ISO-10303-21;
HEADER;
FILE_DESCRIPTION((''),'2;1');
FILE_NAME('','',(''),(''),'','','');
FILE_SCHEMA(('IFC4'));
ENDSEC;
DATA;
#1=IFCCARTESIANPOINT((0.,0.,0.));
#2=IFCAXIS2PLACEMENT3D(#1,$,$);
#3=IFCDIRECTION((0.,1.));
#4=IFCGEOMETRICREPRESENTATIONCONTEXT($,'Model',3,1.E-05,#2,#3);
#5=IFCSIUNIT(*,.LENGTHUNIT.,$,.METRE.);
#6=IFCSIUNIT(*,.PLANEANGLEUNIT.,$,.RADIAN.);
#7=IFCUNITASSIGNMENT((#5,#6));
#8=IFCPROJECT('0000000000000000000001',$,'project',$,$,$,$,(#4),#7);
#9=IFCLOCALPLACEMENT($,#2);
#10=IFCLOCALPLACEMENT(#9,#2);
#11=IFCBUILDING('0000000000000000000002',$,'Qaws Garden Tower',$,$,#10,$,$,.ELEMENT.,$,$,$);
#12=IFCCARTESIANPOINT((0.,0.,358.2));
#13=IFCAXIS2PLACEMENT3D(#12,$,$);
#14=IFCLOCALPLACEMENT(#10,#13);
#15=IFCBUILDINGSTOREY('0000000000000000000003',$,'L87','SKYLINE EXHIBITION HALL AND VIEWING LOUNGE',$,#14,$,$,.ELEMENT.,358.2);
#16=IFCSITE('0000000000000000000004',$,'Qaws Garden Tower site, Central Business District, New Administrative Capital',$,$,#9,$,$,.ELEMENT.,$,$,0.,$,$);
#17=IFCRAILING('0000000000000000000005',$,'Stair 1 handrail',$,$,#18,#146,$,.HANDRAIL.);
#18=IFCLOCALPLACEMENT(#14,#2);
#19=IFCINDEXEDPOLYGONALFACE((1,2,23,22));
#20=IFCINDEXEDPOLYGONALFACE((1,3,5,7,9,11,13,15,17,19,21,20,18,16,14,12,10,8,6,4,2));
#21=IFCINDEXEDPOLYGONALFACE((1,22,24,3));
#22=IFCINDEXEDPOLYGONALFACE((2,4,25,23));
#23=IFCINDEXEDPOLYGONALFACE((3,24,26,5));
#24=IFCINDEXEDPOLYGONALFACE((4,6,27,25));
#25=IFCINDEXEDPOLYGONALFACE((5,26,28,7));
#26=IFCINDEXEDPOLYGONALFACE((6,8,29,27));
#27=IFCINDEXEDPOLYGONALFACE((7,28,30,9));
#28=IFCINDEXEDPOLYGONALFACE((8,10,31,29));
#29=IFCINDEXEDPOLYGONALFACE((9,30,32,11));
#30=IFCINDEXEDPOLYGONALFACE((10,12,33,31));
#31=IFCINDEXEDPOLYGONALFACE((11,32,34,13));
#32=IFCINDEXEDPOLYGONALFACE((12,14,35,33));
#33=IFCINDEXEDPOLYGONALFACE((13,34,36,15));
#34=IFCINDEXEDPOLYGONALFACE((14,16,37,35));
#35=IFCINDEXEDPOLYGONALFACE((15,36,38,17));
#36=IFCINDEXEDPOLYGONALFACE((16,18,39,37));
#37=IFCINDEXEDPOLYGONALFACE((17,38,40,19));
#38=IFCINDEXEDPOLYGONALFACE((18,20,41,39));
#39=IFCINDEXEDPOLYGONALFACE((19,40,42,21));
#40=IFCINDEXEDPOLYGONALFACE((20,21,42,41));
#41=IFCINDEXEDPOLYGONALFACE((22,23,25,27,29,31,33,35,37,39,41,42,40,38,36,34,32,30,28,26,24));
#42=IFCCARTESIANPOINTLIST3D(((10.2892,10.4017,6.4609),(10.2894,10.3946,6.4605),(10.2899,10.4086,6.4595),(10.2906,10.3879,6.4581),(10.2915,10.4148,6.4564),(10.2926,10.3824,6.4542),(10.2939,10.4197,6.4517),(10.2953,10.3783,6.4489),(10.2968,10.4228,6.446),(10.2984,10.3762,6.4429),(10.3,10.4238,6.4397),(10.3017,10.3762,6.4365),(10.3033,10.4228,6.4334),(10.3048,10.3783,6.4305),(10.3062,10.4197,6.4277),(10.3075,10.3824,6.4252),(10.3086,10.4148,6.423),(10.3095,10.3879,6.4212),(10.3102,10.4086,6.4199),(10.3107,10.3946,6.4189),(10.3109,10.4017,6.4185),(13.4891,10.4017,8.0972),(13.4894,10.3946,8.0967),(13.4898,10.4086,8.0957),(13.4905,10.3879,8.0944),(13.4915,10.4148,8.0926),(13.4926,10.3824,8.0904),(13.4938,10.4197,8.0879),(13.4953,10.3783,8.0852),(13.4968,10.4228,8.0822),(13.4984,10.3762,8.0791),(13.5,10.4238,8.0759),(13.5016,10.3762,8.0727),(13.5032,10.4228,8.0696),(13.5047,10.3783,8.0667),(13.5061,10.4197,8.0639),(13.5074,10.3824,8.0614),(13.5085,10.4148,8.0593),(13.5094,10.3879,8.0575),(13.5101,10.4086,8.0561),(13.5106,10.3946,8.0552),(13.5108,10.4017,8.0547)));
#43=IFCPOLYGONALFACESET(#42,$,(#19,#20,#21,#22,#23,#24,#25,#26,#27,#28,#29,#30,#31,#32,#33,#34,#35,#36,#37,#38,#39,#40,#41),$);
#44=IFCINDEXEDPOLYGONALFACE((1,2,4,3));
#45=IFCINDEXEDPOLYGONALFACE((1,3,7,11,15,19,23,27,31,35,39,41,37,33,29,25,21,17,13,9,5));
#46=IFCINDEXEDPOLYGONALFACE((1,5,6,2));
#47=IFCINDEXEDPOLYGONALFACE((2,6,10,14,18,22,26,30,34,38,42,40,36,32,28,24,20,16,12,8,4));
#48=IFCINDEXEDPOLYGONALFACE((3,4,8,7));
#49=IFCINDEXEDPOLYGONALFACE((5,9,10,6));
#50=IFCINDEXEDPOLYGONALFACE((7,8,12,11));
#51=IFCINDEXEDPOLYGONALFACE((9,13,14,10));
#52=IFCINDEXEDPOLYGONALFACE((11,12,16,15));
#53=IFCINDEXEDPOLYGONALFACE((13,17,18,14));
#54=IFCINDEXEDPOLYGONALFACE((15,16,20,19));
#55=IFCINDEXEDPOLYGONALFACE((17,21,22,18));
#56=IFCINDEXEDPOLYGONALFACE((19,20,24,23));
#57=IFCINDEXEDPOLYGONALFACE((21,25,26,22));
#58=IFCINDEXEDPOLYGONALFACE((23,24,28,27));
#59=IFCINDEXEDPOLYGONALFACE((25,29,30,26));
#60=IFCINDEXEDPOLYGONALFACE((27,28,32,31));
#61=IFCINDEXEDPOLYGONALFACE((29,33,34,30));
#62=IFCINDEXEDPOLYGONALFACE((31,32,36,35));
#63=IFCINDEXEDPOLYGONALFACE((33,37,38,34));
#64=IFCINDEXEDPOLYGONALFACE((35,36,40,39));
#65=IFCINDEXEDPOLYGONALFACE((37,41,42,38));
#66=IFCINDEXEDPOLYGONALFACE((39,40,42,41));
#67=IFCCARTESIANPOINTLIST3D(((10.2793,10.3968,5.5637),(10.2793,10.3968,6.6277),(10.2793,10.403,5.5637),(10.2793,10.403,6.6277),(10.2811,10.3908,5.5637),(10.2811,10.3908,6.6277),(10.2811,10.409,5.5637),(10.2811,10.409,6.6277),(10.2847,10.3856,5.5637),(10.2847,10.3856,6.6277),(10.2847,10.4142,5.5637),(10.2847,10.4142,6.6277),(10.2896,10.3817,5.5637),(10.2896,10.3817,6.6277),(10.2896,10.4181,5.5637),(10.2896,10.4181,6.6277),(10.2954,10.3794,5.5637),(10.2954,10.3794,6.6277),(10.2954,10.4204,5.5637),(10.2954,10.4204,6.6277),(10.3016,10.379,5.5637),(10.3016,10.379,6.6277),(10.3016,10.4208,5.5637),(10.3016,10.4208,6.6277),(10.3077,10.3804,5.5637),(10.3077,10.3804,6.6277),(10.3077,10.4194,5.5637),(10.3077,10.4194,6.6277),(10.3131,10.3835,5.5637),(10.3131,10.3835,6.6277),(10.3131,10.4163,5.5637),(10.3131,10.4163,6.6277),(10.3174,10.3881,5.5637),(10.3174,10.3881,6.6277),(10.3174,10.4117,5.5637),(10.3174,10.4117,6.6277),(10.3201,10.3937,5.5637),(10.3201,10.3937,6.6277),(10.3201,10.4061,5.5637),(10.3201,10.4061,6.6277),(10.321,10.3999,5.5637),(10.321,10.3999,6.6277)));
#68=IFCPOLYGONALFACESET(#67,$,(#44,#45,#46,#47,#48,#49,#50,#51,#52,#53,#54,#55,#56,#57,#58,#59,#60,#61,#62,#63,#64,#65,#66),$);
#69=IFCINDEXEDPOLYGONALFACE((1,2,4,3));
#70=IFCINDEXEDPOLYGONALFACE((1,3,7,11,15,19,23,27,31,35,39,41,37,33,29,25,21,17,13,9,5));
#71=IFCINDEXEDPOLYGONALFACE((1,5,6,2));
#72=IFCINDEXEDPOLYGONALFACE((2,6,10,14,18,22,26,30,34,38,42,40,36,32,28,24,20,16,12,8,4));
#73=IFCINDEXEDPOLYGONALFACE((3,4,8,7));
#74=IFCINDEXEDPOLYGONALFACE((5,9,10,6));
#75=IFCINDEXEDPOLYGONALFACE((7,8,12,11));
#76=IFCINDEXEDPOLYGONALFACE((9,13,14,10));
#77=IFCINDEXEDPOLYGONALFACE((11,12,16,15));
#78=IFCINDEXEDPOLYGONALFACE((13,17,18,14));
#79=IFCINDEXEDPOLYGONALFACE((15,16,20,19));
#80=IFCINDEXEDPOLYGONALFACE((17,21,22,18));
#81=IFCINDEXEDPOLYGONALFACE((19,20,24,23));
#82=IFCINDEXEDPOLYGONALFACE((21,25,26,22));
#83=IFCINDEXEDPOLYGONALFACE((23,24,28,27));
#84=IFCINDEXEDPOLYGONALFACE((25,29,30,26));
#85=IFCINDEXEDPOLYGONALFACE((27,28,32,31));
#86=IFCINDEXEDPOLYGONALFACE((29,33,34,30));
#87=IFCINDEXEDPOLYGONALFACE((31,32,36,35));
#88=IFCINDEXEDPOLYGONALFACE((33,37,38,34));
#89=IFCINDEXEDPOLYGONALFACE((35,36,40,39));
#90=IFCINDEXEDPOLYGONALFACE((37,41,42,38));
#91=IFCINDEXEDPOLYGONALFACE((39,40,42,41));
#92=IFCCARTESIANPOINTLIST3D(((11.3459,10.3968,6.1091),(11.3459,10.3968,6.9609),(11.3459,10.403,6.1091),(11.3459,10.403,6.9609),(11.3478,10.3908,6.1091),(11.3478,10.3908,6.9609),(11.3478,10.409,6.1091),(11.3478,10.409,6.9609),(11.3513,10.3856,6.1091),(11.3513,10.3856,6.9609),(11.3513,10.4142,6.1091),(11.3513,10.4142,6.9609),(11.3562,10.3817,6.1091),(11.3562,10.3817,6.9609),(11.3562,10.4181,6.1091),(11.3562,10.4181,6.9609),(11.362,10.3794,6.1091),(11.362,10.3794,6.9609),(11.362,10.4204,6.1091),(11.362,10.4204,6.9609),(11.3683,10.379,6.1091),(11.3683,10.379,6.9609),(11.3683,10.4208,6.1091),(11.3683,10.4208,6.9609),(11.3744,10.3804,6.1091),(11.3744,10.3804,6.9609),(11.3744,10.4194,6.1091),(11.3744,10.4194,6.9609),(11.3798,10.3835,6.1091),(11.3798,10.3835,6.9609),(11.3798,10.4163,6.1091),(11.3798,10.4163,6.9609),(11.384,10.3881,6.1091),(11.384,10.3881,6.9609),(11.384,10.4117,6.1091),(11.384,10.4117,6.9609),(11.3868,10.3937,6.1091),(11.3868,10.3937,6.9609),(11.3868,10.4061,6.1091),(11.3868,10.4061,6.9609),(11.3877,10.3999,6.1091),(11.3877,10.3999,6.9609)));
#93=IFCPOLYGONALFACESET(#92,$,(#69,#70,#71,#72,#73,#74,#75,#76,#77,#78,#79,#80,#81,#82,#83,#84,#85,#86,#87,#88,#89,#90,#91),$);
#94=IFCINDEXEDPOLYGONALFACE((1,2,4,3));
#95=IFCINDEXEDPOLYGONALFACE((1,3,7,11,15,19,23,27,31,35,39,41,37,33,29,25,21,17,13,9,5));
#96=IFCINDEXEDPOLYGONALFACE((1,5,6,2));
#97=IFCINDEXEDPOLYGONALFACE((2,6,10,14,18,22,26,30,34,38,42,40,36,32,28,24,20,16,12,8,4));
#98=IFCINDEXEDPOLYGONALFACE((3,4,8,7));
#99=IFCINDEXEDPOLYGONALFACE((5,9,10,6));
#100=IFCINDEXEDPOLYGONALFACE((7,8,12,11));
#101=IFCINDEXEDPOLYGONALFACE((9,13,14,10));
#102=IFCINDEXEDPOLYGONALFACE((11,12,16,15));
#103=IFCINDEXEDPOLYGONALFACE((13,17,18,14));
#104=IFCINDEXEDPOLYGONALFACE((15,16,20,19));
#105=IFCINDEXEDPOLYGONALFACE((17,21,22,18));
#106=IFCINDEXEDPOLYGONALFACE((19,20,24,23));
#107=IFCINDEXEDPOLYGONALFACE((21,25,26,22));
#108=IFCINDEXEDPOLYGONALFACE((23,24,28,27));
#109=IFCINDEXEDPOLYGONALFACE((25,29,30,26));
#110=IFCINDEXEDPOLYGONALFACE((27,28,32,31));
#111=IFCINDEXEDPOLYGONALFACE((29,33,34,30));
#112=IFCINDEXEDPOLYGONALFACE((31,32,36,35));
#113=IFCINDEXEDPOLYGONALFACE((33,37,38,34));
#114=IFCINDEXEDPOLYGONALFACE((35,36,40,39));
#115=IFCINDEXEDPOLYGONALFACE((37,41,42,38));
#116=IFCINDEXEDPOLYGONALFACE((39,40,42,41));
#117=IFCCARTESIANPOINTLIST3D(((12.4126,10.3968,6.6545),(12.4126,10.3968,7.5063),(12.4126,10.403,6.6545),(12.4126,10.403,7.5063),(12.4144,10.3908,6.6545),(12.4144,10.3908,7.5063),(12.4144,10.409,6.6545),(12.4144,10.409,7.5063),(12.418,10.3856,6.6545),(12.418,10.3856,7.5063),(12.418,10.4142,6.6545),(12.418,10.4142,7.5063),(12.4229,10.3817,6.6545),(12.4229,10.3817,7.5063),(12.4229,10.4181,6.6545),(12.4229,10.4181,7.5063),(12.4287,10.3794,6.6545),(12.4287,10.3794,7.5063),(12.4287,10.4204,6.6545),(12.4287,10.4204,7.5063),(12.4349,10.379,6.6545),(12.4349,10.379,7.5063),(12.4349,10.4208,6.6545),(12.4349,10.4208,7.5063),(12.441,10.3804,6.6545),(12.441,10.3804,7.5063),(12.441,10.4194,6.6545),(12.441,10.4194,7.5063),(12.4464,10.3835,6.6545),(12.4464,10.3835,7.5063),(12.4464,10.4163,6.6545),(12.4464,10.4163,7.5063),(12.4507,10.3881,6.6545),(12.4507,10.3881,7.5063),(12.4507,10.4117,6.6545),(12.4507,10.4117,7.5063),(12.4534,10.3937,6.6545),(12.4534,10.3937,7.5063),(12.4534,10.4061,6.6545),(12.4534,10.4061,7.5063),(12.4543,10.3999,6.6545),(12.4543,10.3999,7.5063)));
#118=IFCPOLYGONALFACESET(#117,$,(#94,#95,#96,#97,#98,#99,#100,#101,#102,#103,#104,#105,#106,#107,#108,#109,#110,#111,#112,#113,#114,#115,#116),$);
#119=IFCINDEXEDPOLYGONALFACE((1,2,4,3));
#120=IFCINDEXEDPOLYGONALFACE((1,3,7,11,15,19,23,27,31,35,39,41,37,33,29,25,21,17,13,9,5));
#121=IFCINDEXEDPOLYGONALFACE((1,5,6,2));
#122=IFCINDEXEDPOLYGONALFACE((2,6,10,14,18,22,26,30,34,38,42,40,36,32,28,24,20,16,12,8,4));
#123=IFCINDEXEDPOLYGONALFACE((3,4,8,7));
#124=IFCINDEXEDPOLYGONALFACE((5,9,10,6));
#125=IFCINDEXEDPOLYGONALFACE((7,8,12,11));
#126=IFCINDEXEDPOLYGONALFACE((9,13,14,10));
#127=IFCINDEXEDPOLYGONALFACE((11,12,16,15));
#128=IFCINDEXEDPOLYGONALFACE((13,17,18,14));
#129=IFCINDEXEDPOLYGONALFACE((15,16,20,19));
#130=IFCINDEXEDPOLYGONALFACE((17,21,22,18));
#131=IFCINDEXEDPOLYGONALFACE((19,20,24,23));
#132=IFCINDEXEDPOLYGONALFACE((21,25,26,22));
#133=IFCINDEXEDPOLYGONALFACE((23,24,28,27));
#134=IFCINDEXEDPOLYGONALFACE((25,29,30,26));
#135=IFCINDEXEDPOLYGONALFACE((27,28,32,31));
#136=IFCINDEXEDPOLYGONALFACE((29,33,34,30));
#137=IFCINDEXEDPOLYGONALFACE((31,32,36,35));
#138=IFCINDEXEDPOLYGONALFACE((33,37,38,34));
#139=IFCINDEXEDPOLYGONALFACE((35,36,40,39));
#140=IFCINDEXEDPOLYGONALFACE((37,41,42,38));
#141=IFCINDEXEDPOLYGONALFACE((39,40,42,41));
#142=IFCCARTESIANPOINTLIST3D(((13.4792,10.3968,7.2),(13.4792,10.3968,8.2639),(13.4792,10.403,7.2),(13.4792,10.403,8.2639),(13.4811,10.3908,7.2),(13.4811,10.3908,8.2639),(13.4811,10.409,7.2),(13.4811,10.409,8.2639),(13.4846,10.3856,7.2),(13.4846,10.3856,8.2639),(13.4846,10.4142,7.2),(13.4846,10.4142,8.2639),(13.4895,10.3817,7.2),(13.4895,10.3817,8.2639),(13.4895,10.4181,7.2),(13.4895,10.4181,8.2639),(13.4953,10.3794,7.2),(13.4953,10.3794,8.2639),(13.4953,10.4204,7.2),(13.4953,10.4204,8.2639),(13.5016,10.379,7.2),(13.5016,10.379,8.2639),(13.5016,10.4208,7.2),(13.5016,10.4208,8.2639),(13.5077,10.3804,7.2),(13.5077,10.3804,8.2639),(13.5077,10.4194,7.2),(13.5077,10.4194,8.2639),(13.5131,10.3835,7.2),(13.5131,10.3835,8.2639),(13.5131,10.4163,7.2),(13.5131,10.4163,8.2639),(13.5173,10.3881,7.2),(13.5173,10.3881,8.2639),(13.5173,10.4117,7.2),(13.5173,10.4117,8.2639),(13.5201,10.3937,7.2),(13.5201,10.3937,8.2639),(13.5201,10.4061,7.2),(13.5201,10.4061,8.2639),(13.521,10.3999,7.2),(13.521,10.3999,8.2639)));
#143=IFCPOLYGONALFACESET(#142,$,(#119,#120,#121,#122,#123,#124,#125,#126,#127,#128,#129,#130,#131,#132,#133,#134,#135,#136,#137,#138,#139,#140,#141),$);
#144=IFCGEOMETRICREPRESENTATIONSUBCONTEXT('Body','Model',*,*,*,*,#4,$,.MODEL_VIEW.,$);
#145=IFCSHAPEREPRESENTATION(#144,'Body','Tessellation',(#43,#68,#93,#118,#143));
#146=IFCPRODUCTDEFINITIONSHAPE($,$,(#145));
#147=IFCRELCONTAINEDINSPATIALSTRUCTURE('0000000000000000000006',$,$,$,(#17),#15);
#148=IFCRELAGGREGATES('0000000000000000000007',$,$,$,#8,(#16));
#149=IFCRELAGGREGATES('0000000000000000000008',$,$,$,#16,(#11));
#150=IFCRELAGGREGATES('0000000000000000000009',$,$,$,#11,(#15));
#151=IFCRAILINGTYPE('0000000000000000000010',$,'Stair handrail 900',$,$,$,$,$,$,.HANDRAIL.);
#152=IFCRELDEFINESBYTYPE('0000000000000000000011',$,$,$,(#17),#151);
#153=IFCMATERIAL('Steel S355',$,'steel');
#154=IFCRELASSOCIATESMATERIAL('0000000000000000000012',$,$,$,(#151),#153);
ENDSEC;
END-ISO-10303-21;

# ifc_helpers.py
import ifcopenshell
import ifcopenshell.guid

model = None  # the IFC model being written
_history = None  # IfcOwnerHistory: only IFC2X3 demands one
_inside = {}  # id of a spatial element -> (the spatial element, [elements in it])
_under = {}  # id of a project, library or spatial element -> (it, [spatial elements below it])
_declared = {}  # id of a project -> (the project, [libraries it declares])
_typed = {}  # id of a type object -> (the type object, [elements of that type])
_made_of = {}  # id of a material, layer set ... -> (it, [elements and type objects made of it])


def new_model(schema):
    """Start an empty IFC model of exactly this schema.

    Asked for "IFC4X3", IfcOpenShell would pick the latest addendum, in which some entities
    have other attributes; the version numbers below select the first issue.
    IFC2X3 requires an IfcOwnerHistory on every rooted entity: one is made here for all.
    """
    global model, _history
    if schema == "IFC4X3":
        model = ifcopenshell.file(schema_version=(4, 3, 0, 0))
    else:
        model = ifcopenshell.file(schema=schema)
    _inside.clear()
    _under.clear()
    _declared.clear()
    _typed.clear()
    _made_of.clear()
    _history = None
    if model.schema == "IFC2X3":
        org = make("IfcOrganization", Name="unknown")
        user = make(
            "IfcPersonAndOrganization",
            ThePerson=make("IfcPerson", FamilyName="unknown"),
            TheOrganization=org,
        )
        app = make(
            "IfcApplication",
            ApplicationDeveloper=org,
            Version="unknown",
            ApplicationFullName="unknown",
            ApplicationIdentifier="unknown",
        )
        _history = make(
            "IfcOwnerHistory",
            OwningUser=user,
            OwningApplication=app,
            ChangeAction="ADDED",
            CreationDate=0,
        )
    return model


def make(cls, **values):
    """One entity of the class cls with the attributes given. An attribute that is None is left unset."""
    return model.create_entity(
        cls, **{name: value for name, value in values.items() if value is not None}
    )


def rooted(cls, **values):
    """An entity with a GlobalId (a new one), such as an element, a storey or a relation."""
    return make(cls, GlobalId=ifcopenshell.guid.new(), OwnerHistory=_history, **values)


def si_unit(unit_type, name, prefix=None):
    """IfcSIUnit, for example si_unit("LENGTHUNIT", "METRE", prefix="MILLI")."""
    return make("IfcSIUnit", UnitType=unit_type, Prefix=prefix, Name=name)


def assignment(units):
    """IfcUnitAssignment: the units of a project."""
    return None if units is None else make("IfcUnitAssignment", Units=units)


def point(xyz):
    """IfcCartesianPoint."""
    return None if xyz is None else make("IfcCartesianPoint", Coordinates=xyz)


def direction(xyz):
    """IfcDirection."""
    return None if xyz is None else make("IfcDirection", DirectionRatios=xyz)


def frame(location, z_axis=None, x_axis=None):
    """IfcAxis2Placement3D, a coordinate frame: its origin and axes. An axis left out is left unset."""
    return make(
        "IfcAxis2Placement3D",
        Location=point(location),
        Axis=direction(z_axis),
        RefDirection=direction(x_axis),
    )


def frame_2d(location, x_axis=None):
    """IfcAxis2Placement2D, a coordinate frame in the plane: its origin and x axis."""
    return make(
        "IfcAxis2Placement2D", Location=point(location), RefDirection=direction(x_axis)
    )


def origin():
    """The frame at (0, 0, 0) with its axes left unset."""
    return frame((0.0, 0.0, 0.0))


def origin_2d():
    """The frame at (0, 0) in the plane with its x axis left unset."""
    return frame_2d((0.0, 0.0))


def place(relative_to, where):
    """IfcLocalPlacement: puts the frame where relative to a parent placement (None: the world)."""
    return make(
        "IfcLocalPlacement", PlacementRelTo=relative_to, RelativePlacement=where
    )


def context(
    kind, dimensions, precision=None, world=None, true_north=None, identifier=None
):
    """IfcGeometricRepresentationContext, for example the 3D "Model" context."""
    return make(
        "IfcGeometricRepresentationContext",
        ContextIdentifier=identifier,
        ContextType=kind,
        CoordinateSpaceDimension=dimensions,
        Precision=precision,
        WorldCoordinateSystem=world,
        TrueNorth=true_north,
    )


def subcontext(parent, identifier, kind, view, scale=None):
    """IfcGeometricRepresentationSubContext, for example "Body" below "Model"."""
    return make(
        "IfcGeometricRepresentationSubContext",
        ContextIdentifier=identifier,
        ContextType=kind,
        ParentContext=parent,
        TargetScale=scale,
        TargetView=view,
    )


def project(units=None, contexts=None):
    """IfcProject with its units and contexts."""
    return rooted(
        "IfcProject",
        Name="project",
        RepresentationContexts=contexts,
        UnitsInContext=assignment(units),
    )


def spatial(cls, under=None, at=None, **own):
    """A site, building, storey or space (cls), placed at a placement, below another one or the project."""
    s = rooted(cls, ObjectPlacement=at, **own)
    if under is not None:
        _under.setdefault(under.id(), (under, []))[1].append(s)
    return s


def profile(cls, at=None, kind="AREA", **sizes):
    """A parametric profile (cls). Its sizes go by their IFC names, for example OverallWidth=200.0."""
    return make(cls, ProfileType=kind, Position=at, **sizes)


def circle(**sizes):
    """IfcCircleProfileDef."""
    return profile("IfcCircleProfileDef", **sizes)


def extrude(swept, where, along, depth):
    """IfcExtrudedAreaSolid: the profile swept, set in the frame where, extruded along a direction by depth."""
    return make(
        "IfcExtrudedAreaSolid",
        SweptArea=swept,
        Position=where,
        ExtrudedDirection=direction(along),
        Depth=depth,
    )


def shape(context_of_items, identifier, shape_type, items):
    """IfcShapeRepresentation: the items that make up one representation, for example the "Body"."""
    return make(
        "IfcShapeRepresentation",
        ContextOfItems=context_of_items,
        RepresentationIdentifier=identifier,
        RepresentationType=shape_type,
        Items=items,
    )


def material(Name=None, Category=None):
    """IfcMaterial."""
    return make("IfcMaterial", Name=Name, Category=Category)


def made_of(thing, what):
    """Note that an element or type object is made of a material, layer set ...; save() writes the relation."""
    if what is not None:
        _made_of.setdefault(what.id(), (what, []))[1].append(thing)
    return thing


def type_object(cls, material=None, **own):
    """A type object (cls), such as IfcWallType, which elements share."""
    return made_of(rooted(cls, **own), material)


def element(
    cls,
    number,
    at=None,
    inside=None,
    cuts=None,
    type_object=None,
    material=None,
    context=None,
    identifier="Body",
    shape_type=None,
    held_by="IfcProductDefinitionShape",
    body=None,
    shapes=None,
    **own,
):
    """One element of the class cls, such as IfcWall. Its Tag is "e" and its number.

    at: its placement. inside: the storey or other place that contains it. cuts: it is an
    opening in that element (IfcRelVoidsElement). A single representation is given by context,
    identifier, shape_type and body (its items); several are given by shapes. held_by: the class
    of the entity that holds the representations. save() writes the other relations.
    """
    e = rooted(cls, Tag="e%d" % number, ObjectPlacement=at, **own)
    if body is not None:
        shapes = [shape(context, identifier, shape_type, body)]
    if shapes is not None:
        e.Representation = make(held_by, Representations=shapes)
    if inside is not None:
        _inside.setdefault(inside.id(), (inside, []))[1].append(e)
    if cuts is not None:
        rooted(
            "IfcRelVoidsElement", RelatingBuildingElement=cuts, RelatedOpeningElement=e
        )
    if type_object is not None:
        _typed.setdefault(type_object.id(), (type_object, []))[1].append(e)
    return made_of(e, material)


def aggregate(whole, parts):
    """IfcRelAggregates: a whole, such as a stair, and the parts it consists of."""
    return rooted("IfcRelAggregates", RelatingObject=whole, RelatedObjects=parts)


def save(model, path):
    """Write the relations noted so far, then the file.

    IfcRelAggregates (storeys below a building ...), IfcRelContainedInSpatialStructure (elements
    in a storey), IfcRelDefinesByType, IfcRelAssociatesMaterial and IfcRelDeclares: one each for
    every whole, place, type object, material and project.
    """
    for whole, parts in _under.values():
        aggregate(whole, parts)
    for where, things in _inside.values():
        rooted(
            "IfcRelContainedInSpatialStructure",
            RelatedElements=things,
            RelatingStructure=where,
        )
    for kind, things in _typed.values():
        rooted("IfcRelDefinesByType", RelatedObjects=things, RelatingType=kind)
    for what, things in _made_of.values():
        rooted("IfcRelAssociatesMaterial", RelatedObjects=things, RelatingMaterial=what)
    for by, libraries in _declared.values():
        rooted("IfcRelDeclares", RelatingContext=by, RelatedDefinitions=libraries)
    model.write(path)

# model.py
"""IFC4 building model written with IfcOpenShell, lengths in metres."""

from ifc_helpers import new_model, si_unit, direction, frame, origin, origin_2d, place, context, subcontext, project, spatial, circle, extrude, material, type_object, element, save


model = new_model("IFC4")

# Units and contexts
model_context = context("Model", 3, precision=1e-05, world=origin(), true_north=direction((0.0, 1.0)))
body_context = subcontext(model_context, "Body", "Model", "MODEL_VIEW")
ifc_project = project(units=[si_unit("LENGTHUNIT", "METRE"), si_unit("PLANEANGLEUNIT", "RADIAN")], contexts=[model_context])

# Site, building, storey
site_placement = place(None, origin())
site = spatial("IfcSite", under=ifc_project, at=site_placement, Name="Qaws Garden Tower site, Central Business District, New Administrative Capital", CompositionType="ELEMENT", RefElevation=0.0)
building_placement = place(site_placement, origin())
building = spatial("IfcBuilding", under=site, at=building_placement, Name="Qaws Garden Tower", CompositionType="ELEMENT")
storey_placement = place(building_placement, frame((0.0, 0.0, 358.2)))
storey = spatial("IfcBuildingStorey", under=building, at=storey_placement, Name="L87", Description="SKYLINE EXHIBITION HALL AND VIEWING LOUNGE", CompositionType="ELEMENT", Elevation=358.2)

# Railing
ifc_material_1 = material(Name="Steel S355", Category="steel")
railing_type = type_object("IfcRailingType", Name="Stair handrail 900", PredefinedType="HANDRAIL", material=ifc_material_1)
railing_1_placement = place(storey_placement, frame((10.3, 10.3999, 5.5637)))
element("IfcRailing", 1, at=railing_1_placement, inside=storey, type_object=railing_type, Name="Stair 1 handrail", PredefinedType="HANDRAIL", context=body_context, shape_type="SweptSolid", body=[
    extrude(circle(Radius=0.0239, at=origin_2d()), frame((0.0, 0.0, 0.876), z_axis=(0.890356, 0.0, 0.455265), x_axis=(0.0, 1.0, 0.0)), (0.0, 0.0, 1.0), 3.594),
    extrude(circle(Radius=0.021, at=origin_2d()), origin(), (0.0, 0.0, 1.0), 1.064),
    extrude(circle(Radius=0.021, at=origin_2d()), frame((1.0667, 0.0, 0.5454)), (0.0, 0.0, 1.0), 0.8518),
    extrude(circle(Radius=0.021, at=origin_2d()), frame((2.1333, 0.0, 1.0908)), (0.0, 0.0, 1.0), 0.8518),
    extrude(circle(Radius=0.021, at=origin_2d()), frame((3.2, 0.0, 1.6362)), (0.0, 0.0, 1.0), 1.064),
])

save(model, "model.ifc")
